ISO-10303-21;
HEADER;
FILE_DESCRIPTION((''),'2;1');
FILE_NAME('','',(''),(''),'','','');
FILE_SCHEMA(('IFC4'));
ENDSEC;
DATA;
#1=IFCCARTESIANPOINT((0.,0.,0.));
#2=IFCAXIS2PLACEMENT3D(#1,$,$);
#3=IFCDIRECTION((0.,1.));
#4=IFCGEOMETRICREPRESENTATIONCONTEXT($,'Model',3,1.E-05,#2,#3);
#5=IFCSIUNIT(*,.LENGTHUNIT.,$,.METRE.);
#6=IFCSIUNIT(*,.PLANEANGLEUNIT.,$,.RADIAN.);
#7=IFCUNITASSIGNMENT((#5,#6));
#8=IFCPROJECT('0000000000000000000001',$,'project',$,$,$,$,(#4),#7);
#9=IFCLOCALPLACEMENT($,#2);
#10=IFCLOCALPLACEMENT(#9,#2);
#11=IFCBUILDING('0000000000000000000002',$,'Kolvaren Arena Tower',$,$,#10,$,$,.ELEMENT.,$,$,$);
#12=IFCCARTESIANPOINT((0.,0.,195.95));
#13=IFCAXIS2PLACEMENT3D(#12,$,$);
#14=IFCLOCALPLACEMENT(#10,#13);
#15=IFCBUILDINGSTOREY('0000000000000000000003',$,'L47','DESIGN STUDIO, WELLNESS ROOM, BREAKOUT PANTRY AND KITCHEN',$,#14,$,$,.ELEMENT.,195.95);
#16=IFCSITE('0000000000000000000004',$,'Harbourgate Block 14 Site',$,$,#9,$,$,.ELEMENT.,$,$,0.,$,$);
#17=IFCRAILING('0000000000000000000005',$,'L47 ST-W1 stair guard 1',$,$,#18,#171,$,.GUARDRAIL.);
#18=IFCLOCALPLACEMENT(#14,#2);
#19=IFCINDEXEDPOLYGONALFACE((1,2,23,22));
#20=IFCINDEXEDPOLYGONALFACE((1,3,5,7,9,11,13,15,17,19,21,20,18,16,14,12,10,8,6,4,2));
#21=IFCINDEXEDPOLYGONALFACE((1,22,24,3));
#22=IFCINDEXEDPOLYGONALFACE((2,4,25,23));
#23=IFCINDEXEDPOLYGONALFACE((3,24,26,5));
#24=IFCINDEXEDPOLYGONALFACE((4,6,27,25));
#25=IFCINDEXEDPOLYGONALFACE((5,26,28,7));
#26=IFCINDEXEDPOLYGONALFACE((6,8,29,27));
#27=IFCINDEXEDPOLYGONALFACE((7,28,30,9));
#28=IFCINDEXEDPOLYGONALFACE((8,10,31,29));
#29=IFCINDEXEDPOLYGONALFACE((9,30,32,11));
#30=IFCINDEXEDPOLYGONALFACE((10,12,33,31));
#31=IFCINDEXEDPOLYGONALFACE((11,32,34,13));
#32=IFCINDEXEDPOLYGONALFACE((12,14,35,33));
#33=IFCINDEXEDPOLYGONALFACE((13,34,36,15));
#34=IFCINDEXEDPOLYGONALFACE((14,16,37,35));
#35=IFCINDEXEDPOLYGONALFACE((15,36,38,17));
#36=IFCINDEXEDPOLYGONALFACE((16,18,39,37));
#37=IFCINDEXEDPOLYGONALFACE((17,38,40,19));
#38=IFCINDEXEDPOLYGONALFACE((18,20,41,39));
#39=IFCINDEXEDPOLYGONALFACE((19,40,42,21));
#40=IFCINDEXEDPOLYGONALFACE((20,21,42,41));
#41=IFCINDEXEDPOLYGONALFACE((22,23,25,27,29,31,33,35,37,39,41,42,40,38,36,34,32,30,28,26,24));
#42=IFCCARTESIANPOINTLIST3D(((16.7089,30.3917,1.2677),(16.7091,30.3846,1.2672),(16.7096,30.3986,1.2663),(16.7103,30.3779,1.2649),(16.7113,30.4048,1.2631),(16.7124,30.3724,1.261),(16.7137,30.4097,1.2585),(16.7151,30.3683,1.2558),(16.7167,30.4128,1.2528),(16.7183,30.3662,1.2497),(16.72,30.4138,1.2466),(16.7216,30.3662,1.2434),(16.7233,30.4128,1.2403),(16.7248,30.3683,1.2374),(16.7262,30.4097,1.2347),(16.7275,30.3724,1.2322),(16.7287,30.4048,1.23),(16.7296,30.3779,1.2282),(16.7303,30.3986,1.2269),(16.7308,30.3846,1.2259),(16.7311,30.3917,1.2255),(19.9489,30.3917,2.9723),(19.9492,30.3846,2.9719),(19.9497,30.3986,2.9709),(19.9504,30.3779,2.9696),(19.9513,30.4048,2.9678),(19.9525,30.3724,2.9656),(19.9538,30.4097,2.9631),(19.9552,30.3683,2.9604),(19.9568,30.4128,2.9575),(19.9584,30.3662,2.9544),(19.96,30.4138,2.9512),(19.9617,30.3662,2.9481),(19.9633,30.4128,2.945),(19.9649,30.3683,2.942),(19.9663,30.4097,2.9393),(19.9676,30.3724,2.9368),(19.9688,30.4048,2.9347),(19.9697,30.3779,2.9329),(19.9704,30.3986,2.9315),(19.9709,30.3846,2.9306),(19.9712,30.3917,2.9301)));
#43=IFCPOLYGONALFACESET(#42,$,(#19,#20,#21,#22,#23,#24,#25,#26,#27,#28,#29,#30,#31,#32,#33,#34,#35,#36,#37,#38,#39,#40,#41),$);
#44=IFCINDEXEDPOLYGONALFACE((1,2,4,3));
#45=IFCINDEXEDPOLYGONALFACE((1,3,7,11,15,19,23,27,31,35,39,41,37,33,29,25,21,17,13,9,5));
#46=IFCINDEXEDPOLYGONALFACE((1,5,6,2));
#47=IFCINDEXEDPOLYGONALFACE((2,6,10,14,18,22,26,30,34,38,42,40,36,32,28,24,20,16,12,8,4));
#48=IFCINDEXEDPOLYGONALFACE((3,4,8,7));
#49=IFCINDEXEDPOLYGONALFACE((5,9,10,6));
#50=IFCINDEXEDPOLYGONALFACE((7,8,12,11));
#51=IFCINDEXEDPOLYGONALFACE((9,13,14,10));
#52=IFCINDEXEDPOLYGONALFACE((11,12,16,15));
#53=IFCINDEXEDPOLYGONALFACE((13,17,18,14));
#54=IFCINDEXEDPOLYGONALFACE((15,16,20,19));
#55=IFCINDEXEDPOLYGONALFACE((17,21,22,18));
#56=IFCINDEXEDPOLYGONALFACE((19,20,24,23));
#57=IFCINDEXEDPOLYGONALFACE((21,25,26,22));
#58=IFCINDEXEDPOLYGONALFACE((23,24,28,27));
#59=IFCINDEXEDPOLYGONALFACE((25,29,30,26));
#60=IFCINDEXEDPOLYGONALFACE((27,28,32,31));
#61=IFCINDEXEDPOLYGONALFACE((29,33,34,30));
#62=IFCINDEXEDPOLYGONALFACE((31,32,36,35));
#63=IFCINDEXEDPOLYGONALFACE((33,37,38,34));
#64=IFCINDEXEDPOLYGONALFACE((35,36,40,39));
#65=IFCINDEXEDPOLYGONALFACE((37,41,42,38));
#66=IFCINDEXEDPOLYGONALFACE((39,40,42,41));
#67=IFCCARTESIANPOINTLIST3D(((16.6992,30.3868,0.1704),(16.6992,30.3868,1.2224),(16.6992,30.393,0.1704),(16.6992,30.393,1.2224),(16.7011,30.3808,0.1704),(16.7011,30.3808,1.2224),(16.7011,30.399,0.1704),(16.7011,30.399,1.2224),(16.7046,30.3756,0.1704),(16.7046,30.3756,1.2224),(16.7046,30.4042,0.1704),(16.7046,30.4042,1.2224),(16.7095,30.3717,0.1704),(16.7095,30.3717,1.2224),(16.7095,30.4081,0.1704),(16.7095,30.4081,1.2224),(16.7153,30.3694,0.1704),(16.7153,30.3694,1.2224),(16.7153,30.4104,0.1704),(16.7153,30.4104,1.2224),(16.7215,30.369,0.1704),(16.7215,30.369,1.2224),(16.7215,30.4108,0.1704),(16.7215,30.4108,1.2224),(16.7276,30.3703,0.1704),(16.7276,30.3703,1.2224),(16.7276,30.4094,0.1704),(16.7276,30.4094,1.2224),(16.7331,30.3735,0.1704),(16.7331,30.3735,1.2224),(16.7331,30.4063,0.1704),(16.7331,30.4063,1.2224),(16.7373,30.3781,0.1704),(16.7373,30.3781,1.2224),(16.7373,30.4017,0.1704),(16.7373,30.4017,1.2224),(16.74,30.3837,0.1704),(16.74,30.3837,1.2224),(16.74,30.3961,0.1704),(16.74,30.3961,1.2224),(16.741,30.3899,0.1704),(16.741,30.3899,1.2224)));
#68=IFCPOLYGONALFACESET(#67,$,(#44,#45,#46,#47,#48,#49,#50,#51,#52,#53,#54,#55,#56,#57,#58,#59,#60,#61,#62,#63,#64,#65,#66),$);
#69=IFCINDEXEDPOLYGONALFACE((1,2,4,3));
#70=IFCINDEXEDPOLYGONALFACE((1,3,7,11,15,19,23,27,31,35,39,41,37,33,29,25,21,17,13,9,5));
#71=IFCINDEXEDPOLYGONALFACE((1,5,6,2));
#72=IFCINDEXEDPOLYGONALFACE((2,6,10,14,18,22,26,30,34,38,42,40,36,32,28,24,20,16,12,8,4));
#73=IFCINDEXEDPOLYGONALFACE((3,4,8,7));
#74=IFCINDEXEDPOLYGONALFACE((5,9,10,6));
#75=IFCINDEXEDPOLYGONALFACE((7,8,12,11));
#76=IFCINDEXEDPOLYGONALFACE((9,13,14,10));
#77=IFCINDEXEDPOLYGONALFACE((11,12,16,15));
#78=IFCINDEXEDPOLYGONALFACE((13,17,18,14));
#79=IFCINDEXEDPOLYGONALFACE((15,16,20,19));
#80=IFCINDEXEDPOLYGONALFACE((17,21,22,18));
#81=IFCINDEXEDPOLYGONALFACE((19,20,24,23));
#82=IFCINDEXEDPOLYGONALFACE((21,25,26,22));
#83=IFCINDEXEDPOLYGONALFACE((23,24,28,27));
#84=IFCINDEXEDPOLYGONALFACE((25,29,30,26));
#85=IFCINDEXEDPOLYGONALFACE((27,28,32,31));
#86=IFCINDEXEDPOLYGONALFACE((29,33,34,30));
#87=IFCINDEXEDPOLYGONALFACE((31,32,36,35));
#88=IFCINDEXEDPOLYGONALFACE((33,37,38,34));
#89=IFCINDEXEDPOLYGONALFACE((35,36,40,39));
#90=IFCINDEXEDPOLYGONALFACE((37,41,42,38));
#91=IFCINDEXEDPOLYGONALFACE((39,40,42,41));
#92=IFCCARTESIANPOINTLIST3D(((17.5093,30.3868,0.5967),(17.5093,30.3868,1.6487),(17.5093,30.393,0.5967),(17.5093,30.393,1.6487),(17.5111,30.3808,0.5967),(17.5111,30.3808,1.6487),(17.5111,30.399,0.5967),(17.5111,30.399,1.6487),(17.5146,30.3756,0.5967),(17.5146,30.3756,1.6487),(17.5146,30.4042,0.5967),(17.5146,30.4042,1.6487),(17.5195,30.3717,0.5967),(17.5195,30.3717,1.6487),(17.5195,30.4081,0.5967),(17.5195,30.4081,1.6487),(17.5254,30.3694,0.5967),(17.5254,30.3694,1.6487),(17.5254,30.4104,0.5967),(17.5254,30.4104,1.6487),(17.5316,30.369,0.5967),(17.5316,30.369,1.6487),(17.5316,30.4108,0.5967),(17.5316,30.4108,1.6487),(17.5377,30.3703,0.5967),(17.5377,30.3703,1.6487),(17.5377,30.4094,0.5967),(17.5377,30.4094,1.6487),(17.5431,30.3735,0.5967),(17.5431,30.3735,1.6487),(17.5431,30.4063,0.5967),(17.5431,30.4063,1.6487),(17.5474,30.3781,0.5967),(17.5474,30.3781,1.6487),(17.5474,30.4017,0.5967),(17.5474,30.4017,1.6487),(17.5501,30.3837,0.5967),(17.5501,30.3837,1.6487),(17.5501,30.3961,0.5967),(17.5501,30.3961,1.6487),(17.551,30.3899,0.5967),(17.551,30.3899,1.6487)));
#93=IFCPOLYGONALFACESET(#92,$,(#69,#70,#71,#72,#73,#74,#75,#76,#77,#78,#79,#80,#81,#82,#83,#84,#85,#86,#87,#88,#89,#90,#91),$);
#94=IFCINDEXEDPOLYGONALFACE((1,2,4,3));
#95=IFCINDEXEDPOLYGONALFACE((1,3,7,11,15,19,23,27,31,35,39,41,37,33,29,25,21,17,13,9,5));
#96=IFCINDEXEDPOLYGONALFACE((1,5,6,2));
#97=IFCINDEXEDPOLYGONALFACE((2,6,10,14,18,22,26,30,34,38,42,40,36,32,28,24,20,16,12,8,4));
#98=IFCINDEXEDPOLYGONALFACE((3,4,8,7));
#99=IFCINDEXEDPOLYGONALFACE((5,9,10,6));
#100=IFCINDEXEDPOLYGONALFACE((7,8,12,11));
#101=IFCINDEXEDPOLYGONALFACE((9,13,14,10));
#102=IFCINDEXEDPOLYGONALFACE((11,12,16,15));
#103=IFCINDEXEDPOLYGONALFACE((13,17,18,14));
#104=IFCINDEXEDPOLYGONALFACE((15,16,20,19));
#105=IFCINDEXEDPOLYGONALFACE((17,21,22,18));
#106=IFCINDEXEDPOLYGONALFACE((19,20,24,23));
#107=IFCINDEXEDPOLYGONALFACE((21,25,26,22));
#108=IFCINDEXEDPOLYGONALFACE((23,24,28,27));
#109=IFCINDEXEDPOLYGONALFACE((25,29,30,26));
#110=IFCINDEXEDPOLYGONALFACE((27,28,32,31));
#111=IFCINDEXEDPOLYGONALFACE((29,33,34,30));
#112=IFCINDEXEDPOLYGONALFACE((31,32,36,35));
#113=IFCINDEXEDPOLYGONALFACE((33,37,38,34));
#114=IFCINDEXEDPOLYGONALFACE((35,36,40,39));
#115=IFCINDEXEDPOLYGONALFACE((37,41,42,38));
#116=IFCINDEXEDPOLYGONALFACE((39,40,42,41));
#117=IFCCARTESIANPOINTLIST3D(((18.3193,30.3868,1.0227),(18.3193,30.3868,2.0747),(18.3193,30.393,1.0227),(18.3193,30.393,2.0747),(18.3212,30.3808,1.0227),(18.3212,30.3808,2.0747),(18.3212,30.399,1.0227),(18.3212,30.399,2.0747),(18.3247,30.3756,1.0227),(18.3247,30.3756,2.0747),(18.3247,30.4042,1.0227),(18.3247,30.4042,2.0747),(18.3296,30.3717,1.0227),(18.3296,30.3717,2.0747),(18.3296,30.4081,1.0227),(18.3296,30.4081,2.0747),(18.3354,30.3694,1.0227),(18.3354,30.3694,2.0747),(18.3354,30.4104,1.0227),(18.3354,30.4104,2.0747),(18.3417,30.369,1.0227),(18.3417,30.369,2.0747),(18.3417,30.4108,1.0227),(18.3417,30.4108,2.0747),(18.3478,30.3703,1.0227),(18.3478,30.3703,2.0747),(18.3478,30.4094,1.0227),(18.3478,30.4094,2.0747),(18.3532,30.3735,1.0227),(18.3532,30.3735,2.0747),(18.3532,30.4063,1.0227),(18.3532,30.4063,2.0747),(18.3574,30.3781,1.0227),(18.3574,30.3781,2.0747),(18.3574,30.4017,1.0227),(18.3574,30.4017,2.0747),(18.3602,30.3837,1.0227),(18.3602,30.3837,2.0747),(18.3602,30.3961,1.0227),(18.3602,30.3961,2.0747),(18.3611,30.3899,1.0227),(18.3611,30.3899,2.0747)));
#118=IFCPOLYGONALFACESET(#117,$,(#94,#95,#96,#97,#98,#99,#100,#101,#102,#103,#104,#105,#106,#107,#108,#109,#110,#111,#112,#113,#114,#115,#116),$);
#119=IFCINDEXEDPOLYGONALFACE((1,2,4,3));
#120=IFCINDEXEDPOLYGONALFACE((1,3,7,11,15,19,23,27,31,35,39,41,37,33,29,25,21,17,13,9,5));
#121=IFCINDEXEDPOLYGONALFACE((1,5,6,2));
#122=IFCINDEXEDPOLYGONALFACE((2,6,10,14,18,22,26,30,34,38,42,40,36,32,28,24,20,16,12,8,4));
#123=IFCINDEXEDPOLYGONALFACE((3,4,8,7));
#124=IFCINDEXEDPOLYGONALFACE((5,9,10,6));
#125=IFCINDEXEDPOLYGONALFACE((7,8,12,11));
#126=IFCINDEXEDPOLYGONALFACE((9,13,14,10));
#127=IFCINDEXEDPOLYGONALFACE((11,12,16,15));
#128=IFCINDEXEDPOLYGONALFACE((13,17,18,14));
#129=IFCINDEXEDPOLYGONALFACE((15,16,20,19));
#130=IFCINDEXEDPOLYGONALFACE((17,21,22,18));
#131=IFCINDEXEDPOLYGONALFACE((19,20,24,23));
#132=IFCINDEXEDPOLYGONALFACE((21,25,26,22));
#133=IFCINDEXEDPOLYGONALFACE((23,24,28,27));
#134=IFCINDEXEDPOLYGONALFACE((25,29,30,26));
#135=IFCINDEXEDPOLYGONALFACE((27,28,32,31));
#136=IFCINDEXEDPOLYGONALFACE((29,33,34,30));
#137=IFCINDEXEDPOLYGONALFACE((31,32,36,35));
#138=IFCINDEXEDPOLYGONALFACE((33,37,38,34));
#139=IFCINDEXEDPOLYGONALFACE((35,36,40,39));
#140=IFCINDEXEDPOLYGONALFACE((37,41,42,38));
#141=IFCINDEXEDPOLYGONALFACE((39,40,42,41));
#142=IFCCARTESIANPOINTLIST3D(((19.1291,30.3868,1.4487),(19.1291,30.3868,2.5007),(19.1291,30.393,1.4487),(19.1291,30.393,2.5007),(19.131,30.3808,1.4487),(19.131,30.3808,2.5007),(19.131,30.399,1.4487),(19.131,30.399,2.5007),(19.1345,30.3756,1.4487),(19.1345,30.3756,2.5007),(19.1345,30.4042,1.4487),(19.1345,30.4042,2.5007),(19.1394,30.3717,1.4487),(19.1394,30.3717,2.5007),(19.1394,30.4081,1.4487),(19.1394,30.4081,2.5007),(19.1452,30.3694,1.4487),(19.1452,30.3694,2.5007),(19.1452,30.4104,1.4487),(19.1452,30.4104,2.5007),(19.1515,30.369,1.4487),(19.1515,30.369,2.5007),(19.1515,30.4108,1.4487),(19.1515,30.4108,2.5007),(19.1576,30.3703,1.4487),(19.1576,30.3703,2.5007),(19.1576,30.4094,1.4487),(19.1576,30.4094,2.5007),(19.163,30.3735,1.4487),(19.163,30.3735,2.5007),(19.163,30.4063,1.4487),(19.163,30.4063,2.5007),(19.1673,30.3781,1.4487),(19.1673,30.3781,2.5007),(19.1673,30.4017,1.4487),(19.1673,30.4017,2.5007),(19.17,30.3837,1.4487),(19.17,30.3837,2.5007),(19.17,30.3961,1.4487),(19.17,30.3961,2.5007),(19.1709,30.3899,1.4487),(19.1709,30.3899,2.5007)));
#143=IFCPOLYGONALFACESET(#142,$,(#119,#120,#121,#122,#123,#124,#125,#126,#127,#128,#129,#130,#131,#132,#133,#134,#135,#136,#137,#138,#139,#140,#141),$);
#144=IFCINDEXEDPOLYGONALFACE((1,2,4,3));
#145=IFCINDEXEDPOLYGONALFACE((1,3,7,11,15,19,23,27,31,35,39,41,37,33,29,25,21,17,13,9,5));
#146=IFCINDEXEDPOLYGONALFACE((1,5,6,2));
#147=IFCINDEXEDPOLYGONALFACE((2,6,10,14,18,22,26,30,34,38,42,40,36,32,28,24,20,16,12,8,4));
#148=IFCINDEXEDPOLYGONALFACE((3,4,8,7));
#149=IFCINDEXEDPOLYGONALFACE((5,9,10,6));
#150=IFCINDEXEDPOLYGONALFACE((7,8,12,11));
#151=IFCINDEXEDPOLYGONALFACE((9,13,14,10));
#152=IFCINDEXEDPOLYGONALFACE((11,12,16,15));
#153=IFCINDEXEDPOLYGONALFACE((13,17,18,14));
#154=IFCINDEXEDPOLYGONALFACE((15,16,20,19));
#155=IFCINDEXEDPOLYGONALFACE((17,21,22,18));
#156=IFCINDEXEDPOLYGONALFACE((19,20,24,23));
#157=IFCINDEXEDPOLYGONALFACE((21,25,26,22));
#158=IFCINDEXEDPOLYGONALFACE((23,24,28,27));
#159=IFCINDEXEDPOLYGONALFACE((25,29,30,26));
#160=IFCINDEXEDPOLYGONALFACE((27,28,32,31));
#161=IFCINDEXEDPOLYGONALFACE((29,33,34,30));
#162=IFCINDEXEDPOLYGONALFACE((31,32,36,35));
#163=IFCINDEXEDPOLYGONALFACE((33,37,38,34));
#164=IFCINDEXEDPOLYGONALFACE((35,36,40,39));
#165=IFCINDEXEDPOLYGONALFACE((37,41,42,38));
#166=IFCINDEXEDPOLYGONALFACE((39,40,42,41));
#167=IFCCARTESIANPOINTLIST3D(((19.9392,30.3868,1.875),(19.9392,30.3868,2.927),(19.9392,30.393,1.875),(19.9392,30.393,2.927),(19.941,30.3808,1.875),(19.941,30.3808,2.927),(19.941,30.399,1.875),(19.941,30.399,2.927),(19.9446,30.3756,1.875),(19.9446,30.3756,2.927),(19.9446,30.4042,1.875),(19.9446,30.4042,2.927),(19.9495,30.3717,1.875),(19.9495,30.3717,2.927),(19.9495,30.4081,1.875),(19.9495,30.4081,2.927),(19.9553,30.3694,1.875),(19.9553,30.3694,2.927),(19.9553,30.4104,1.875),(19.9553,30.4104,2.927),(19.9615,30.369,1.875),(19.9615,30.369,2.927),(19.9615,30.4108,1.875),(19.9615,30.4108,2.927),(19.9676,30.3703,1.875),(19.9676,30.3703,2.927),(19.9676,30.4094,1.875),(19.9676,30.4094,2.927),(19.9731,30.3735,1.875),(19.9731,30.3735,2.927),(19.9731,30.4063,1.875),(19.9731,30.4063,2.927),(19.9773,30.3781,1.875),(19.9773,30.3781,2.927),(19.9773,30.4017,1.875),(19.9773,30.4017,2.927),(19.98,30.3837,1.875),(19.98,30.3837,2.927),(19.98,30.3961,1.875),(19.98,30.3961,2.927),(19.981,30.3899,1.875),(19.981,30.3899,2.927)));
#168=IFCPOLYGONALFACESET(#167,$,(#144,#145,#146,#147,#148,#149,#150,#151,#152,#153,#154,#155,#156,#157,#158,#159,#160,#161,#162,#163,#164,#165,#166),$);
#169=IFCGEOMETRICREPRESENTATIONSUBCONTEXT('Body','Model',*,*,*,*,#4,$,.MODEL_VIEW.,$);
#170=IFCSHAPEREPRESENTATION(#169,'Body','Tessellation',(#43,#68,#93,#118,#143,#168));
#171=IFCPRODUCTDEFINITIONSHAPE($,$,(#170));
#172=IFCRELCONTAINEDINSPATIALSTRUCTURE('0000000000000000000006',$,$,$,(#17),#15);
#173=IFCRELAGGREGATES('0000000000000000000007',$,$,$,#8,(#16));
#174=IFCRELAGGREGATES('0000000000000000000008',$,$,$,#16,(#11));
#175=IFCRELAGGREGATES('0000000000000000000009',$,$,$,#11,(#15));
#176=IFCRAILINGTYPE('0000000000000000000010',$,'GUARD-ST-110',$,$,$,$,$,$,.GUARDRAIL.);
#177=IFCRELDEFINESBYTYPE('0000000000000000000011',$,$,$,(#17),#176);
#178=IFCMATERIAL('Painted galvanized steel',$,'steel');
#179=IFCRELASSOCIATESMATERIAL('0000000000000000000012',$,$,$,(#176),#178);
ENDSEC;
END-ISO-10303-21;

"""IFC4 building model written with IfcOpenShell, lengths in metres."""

from ifc_helpers import new_model, si_unit, direction, frame, origin, origin_2d, place, context, subcontext, project, spatial, circle, extrude, material, type_object, element, save


model = new_model("IFC4")

# Units and contexts
model_context = context("Model", 3, precision=1e-05, world=origin(), true_north=direction((0.0, 1.0)))
body_context = subcontext(model_context, "Body", "Model", "MODEL_VIEW")
ifc_project = project(units=[si_unit("LENGTHUNIT", "METRE"), si_unit("PLANEANGLEUNIT", "RADIAN")], contexts=[model_context])

# Site, building, storey
site_placement = place(None, origin())
site = spatial("IfcSite", under=ifc_project, at=site_placement, Name="Harbourgate Block 14 Site", CompositionType="ELEMENT", RefElevation=0.0)
building_placement = place(site_placement, origin())
building = spatial("IfcBuilding", under=site, at=building_placement, Name="Kolvaren Arena Tower", CompositionType="ELEMENT")
storey_placement = place(building_placement, frame((0.0, 0.0, 195.95)))
storey = spatial("IfcBuildingStorey", under=building, at=storey_placement, Name="L47", Description="DESIGN STUDIO, WELLNESS ROOM, BREAKOUT PANTRY AND KITCHEN", CompositionType="ELEMENT", Elevation=195.95)

# Railing
ifc_material_1 = material(Name="Painted galvanized steel", Category="steel")
railing_type_1 = type_object("IfcRailingType", Name="GUARD-ST-110", PredefinedType="GUARDRAIL", material=ifc_material_1)
railing_1_placement = place(storey_placement, frame((16.72, 30.3899, 0.1704)))
element("IfcRailing", 1, at=railing_1_placement, inside=storey, type_object=railing_type_1, Name="L47 ST-W1 stair guard 1", PredefinedType="GUARDRAIL", context=body_context, shape_type="SweptSolid", body=[
    extrude(circle(Radius=0.0239, at=origin_2d()), frame((0.0, 0.0, 1.0762), z_axis=(0.884993, 0.0, 0.465604), x_axis=(0.0, 1.0, 0.0)), (0.0, 0.0, 1.0), 3.6611),
    extrude(circle(Radius=0.021, at=origin_2d()), origin(), (0.0, 0.0, 1.0), 1.052),
    extrude(circle(Radius=0.021, at=origin_2d()), frame((0.8101, 0.0, 0.4263)), (0.0, 0.0, 1.0), 1.052),
    extrude(circle(Radius=0.021, at=origin_2d()), frame((1.6201, 0.0, 0.8523)), (0.0, 0.0, 1.0), 1.052),
    extrude(circle(Radius=0.021, at=origin_2d()), frame((2.4299, 0.0, 1.2783)), (0.0, 0.0, 1.0), 1.052),
    extrude(circle(Radius=0.021, at=origin_2d()), frame((3.24, 0.0, 1.7046)), (0.0, 0.0, 1.0), 1.052),
])

save(model, "model.ifc")
